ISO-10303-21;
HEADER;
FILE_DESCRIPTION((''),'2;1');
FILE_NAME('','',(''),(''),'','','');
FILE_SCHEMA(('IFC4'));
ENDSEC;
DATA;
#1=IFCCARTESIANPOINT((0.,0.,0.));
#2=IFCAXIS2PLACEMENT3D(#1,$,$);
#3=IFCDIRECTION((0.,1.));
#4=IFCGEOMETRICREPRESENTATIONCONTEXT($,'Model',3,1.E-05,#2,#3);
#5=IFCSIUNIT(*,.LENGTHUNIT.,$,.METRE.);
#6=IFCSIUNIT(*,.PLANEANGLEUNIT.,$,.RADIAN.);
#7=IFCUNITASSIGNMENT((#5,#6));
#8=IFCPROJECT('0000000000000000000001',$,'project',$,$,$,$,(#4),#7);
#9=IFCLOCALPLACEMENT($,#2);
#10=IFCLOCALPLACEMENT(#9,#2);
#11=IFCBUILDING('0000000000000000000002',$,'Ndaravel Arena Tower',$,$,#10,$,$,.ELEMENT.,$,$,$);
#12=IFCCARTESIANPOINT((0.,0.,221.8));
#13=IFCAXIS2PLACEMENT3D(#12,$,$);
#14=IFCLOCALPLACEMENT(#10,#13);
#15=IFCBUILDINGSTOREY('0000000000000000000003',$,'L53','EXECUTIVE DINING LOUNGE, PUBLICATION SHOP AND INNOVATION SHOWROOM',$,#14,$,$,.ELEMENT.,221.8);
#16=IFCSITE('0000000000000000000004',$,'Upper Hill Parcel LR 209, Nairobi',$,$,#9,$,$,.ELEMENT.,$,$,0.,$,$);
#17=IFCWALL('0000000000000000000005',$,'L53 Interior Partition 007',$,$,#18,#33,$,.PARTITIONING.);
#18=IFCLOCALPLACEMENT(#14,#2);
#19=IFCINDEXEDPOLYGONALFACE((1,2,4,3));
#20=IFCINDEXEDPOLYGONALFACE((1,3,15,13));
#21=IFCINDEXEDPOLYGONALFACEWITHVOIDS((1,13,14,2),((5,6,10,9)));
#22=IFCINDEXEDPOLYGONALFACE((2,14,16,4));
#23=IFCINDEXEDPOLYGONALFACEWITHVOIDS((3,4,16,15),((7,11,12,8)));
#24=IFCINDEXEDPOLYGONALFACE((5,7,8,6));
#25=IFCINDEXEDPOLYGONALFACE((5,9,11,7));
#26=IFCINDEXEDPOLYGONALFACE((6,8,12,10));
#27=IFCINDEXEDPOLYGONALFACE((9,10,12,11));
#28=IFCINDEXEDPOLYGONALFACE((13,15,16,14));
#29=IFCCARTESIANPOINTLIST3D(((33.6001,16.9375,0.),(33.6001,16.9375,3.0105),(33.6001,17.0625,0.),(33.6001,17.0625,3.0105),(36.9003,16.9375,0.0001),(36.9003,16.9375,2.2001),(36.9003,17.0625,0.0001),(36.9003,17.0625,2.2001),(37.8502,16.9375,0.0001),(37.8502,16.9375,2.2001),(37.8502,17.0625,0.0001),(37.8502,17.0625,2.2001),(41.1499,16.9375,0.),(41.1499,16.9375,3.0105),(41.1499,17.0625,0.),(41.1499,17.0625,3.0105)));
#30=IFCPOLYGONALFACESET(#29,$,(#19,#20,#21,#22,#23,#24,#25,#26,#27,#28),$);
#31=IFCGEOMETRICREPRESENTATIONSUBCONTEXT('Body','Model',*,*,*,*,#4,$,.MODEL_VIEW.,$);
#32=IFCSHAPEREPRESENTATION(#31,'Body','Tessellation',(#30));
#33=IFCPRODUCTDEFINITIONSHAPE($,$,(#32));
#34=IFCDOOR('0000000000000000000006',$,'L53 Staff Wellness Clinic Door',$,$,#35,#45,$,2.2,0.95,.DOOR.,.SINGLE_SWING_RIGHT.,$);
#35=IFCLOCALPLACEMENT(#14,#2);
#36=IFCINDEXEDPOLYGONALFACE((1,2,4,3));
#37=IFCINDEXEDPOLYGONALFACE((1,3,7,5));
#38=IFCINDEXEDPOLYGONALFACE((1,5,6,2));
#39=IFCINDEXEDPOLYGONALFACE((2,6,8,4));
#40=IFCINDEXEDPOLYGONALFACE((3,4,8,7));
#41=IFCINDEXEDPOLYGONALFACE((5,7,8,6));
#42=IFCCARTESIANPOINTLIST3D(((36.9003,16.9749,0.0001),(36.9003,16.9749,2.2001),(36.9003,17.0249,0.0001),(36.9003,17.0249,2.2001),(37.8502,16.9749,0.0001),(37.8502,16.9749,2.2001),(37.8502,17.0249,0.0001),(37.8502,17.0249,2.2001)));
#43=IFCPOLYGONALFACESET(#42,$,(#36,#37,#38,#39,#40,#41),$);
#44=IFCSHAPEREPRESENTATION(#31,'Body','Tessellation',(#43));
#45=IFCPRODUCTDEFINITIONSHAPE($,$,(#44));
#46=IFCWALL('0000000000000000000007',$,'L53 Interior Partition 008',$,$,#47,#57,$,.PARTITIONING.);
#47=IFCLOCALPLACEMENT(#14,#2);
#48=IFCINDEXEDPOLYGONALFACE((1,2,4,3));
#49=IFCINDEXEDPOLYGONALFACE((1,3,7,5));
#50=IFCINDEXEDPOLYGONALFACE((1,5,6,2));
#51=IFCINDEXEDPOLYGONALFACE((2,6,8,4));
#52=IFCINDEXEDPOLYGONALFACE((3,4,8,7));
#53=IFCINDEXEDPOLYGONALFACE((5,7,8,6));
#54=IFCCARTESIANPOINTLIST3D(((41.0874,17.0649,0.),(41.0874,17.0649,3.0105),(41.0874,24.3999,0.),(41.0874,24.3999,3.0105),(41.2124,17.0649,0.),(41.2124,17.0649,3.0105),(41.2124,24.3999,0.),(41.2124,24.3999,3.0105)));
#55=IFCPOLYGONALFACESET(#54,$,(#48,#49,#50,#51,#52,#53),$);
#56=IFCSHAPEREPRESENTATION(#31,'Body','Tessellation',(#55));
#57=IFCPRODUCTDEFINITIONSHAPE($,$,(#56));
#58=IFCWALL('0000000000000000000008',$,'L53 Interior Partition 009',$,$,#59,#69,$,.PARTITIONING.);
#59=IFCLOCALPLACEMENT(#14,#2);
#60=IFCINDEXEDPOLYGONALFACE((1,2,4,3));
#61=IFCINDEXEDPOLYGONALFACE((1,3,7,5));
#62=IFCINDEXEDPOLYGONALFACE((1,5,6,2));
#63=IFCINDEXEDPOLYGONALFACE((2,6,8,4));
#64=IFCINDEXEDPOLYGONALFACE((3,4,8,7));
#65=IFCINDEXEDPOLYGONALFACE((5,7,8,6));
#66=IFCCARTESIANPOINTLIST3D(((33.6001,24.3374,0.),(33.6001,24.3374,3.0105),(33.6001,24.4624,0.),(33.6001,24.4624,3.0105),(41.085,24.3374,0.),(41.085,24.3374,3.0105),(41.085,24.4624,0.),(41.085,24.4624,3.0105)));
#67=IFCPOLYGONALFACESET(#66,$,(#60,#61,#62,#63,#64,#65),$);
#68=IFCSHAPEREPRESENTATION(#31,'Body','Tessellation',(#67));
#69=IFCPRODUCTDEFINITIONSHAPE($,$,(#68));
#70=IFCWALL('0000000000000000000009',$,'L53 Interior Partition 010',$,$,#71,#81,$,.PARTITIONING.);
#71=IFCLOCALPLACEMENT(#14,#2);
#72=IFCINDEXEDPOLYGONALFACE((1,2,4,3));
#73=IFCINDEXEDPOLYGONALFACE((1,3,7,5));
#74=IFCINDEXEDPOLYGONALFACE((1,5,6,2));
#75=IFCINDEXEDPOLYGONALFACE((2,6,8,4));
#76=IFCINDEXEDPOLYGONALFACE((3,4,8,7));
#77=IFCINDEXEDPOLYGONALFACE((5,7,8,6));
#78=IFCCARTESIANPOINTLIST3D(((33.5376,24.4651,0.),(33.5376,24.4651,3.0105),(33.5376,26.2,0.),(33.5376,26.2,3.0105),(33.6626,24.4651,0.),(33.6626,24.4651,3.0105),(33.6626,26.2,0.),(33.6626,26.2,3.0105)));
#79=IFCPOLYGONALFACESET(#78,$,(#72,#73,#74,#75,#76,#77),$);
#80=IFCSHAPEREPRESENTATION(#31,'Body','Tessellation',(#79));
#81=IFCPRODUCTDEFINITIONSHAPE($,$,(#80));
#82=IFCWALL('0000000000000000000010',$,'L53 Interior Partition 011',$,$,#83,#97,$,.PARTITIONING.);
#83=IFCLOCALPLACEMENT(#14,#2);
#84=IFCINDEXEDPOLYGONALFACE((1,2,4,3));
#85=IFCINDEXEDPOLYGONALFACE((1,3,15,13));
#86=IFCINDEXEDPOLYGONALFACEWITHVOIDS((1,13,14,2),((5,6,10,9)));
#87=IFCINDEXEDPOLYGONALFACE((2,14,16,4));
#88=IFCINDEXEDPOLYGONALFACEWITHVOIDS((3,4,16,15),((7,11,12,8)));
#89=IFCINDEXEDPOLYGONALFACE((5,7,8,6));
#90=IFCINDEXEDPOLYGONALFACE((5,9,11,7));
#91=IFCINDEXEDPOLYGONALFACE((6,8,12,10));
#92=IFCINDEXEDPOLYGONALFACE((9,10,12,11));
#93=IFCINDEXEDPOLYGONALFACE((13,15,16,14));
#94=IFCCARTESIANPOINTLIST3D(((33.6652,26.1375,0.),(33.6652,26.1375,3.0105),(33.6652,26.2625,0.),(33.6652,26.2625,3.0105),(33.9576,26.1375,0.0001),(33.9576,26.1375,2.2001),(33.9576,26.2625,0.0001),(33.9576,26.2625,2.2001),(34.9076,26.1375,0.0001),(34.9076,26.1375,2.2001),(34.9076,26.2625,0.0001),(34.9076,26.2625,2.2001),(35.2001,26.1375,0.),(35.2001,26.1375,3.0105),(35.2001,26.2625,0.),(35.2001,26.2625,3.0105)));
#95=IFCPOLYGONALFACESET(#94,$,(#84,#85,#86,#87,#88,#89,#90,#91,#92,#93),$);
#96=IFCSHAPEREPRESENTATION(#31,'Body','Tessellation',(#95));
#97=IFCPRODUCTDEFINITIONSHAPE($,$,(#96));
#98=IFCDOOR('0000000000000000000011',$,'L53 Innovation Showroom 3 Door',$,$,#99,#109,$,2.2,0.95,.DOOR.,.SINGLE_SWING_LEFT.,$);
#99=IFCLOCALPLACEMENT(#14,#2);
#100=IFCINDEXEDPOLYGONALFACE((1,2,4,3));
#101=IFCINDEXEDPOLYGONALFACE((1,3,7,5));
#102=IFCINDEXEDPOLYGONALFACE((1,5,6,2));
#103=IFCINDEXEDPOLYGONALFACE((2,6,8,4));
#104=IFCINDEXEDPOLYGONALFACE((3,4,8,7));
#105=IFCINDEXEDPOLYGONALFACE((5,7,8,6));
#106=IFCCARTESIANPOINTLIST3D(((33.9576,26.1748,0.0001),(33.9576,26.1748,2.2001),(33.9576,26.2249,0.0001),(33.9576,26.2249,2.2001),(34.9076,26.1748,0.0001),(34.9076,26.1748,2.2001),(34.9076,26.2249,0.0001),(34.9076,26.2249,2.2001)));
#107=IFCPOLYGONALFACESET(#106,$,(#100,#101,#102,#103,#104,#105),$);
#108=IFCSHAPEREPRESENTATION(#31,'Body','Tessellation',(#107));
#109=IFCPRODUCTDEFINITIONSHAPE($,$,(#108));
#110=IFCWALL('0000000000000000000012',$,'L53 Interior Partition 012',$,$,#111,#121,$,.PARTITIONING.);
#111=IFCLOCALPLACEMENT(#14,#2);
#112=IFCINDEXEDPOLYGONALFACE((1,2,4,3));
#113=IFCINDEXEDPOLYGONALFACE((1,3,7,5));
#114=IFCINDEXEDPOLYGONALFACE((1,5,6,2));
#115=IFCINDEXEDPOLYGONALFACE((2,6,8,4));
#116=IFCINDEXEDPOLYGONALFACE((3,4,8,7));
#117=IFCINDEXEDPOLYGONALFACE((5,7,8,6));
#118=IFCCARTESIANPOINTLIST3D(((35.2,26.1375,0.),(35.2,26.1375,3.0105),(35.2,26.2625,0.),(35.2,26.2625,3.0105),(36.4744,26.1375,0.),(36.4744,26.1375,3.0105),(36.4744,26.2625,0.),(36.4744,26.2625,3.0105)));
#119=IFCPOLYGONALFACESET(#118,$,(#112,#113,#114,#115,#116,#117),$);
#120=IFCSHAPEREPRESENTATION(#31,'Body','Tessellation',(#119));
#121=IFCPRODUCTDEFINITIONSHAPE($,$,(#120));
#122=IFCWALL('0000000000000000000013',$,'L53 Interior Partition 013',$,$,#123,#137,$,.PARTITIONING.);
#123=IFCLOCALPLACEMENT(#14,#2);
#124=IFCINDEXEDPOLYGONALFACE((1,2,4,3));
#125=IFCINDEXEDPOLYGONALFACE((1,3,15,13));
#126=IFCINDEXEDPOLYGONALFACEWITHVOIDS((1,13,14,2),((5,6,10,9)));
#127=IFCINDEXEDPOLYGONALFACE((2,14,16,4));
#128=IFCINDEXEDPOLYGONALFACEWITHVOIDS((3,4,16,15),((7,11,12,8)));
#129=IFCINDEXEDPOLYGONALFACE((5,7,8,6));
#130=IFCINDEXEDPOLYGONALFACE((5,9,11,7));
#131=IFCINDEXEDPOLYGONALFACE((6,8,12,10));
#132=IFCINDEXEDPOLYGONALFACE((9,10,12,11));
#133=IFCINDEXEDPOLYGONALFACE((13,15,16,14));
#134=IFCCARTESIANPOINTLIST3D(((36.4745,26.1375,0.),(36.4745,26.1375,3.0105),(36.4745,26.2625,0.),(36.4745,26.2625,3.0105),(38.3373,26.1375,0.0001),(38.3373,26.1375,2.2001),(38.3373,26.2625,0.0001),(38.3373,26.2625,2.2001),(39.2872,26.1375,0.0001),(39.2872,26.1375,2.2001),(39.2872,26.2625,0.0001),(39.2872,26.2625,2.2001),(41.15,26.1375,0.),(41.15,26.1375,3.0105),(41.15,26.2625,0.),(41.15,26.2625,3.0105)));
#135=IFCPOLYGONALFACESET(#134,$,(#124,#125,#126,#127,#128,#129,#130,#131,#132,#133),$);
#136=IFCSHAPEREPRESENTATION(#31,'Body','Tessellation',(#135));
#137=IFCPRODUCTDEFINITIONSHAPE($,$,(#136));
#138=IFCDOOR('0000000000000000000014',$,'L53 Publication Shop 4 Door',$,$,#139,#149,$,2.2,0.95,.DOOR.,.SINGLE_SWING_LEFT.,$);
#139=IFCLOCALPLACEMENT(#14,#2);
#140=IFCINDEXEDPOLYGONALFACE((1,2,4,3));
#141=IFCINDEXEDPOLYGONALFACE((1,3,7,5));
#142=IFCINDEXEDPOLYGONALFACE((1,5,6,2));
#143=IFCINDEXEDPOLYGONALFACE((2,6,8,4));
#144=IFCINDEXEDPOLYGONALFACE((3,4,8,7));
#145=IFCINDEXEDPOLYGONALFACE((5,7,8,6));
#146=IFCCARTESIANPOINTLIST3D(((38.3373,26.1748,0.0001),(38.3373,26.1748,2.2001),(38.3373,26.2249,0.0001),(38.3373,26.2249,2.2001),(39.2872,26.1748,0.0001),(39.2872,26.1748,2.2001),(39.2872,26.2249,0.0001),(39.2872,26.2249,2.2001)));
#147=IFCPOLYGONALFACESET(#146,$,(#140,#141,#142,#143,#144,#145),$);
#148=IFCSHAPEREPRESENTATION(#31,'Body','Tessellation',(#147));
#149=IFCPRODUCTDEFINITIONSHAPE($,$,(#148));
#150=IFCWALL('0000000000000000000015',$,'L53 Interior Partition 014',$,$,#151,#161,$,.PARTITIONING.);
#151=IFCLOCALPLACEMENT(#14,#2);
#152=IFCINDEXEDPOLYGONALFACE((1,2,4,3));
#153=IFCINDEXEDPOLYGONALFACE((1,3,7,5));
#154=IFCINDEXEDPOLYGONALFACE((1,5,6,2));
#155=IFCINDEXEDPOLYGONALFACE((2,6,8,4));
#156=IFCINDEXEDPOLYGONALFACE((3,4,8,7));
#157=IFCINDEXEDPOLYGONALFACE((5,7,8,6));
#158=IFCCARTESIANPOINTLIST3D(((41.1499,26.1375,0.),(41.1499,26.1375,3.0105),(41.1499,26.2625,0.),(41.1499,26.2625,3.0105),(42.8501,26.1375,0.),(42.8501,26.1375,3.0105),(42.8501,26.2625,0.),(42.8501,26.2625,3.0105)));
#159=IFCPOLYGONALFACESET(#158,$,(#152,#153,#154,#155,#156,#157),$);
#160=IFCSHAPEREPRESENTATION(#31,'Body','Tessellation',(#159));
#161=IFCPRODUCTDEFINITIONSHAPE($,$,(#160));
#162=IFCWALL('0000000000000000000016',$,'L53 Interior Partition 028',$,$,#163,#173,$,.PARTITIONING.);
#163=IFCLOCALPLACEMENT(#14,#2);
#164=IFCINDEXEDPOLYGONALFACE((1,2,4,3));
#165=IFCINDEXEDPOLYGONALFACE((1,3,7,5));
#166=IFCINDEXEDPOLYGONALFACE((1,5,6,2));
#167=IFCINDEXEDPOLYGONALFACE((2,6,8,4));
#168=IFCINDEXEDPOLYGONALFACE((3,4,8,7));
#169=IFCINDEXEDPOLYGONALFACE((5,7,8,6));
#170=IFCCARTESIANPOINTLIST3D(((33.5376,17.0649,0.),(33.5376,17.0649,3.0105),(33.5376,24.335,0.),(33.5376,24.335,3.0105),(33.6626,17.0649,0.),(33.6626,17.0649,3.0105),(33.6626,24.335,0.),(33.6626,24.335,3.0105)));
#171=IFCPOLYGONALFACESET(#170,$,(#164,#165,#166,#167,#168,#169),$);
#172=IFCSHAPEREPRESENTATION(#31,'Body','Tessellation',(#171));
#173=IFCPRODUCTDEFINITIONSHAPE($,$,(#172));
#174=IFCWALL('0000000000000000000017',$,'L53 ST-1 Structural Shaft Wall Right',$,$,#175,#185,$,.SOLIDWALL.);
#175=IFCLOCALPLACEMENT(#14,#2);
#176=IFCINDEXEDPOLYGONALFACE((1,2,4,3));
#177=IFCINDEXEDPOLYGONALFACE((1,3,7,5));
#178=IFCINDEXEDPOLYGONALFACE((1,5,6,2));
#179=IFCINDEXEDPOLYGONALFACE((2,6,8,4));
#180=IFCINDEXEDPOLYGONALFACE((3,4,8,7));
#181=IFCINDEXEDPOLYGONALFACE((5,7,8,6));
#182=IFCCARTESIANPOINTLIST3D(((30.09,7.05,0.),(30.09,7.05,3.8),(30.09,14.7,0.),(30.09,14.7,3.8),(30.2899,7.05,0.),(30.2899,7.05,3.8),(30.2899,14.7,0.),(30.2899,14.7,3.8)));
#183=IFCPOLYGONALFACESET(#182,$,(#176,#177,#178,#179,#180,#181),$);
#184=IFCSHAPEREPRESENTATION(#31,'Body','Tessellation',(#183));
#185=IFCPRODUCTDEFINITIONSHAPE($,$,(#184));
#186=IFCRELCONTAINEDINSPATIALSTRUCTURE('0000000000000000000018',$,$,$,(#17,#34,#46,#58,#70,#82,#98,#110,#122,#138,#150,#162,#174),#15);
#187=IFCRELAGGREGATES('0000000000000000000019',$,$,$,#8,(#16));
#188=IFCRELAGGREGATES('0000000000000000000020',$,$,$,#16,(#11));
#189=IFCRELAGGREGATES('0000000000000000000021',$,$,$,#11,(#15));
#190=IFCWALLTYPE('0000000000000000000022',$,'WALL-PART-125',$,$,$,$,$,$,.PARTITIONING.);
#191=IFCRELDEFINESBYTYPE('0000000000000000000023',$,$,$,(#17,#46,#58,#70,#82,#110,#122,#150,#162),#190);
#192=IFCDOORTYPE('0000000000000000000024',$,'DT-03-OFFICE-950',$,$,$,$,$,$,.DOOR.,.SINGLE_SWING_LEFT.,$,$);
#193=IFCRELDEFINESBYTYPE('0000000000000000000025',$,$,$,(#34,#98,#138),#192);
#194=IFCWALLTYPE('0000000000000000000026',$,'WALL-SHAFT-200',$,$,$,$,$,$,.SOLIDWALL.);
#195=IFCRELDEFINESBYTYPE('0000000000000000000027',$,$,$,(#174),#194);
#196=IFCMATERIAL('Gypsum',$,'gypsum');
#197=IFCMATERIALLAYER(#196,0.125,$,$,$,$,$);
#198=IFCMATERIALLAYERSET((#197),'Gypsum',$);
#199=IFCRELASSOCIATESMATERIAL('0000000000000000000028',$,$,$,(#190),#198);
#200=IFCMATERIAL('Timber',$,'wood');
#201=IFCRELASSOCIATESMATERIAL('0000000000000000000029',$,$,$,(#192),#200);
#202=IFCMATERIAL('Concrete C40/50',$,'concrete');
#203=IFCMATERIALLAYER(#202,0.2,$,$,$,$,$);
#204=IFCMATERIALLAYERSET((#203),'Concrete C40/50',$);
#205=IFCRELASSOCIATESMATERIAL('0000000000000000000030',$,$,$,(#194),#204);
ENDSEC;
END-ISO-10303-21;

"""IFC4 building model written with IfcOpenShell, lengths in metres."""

from ifc_helpers import new_model, si_unit, direction, frame, frame_2d, origin, place, context, subcontext, project, spatial, rectangle, extrude, material, layer, layer_set, type_object, element, fill, save


model = new_model("IFC4")

# Units and contexts
model_context = context("Model", 3, precision=1e-05, world=origin(), true_north=direction((0.0, 1.0)))
body_context = subcontext(model_context, "Body", "Model", "MODEL_VIEW")
ifc_project = project(units=[si_unit("LENGTHUNIT", "METRE"), si_unit("PLANEANGLEUNIT", "RADIAN")], contexts=[model_context])

# Site, building, storey
site_placement = place(None, origin())
site = spatial("IfcSite", under=ifc_project, at=site_placement, Name="Upper Hill Parcel LR 209, Nairobi", CompositionType="ELEMENT", RefElevation=0.0)
building_placement = place(site_placement, origin())
building = spatial("IfcBuilding", under=site, at=building_placement, Name="Ndaravel Arena Tower", CompositionType="ELEMENT")
storey_placement = place(building_placement, frame((0.0, 0.0, 221.8)))
storey = spatial("IfcBuildingStorey", under=building, at=storey_placement, Name="L53", Description="EXECUTIVE DINING LOUNGE, PUBLICATION SHOP AND INNOVATION SHOWROOM", CompositionType="ELEMENT", Elevation=221.8)

# Wall, opening, door
ifc_material_1 = material(Name="Gypsum", Category="gypsum")
ifc_layer_1 = layer(ifc_material_1, 0.125)
ifc_layer_set_1 = layer_set([ifc_layer_1], Name="Gypsum")
wall_type_1 = type_object("IfcWallType", Name="WALL-PART-125", PredefinedType="PARTITIONING", material=ifc_layer_set_1)
wall_1_placement = place(storey_placement, frame((33.6001, 17.0, 0.0), z_axis=(0.0, 0.0, 1.0), x_axis=(1.0, 0.0, 0.0)))
wall_1 = element("IfcWall", 1, at=wall_1_placement, inside=storey, type_object=wall_type_1, Name="L53 Interior Partition 007", PredefinedType="PARTITIONING", context=body_context, shape_type="SweptSolid", body=[
    extrude(rectangle(XDim=7.5498, YDim=0.125, at=frame_2d((3.7749, 0.0))), origin(), (0.0, 0.0, 1.0), 3.0105),
])
opening_1_placement = place(wall_1_placement, frame((3.3, 0.0, 0.0)))
opening_1 = element("IfcOpeningElement", 2, at=opening_1_placement, cuts=wall_1, PredefinedType="OPENING", context=body_context, shape_type="SweptSolid", body=[
    extrude(rectangle(XDim=0.95, YDim=2.2, at=frame_2d((0.4751, 1.1001))), frame((0.0, 0.0625, 0.0), z_axis=(0.0, -1.0, 0.0), x_axis=(1.0, 0.0, 0.0)), (0.0, 0.0, 1.0), 0.125),
])
ifc_material_2 = material(Name="Timber", Category="wood")
door_type = type_object("IfcDoorType", Name="DT-03-OFFICE-950", OperationType="SINGLE_SWING_LEFT", PredefinedType="DOOR", material=ifc_material_2)
door_1_placement = place(opening_1_placement, origin())
door_1 = element("IfcDoor", 3, at=door_1_placement, inside=storey, type_object=door_type, Name="L53 Staff Wellness Clinic Door", OperationType="SINGLE_SWING_RIGHT", OverallHeight=2.2, OverallWidth=0.95, PredefinedType="DOOR", context=body_context, shape_type="SweptSolid", body=[
    extrude(rectangle(XDim=0.95, YDim=2.2, at=frame_2d((0.4751, 1.1001))), frame((0.0, 0.0249, 0.0), z_axis=(0.0, -1.0, 0.0), x_axis=(1.0, 0.0, 0.0)), (0.0, 0.0, 1.0), 0.05),
])
fill(opening_1, door_1)

# Walls
wall_2_placement = place(storey_placement, frame((41.1499, 17.0649, 0.0), z_axis=(0.0, 0.0, 1.0), x_axis=(0.0, 1.0, 0.0)))
element("IfcWall", 4, at=wall_2_placement, inside=storey, type_object=wall_type_1, Name="L53 Interior Partition 008", PredefinedType="PARTITIONING", context=body_context, shape_type="SweptSolid", body=[
    extrude(rectangle(XDim=7.335, YDim=0.125, at=frame_2d((3.6675, 0.0))), origin(), (0.0, 0.0, 1.0), 3.0105),
])
wall_3_placement = place(storey_placement, frame((41.085, 24.3999, 0.0), z_axis=(0.0, 0.0, 1.0), x_axis=(-1.0, 0.0, 0.0)))
element("IfcWall", 5, at=wall_3_placement, inside=storey, type_object=wall_type_1, Name="L53 Interior Partition 009", PredefinedType="PARTITIONING", context=body_context, shape_type="SweptSolid", body=[
    extrude(rectangle(XDim=7.4849, YDim=0.125, at=frame_2d((3.7424, 0.0))), origin(), (0.0, 0.0, 1.0), 3.0105),
])
wall_4_placement = place(storey_placement, frame((33.6001, 24.4651, 0.0), z_axis=(0.0, 0.0, 1.0), x_axis=(0.0, 1.0, 0.0)))
element("IfcWall", 6, at=wall_4_placement, inside=storey, type_object=wall_type_1, Name="L53 Interior Partition 010", PredefinedType="PARTITIONING", context=body_context, shape_type="SweptSolid", body=[
    extrude(rectangle(XDim=1.7349, YDim=0.125, at=frame_2d((0.8674, 0.0))), origin(), (0.0, 0.0, 1.0), 3.0105),
])

# Wall, opening, door
wall_5_placement = place(storey_placement, frame((33.665, 26.2, 0.0), z_axis=(0.0, 0.0, 1.0), x_axis=(1.0, 0.0, 0.0)))
wall_5 = element("IfcWall", 7, at=wall_5_placement, inside=storey, type_object=wall_type_1, Name="L53 Interior Partition 011", PredefinedType="PARTITIONING", context=body_context, shape_type="SweptSolid", body=[
    extrude(rectangle(XDim=1.5349, YDim=0.125, at=frame_2d((0.7676, 0.0))), origin(), (0.0, 0.0, 1.0), 3.0105),
])
opening_2_placement = place(wall_5_placement, frame((0.2925, 0.0, 0.0)))
opening_2 = element("IfcOpeningElement", 8, at=opening_2_placement, cuts=wall_5, PredefinedType="OPENING", context=body_context, shape_type="SweptSolid", body=[
    extrude(rectangle(XDim=0.95, YDim=2.2, at=frame_2d((0.4751, 1.1001))), frame((0.0, 0.0625, 0.0), z_axis=(0.0, -1.0, 0.0), x_axis=(1.0, 0.0, 0.0)), (0.0, 0.0, 1.0), 0.125),
])
door_2_placement = place(opening_2_placement, origin())
door_2 = element("IfcDoor", 9, at=door_2_placement, inside=storey, type_object=door_type, Name="L53 Innovation Showroom 3 Door", OperationType="SINGLE_SWING_LEFT", OverallHeight=2.2, OverallWidth=0.95, PredefinedType="DOOR", context=body_context, shape_type="SweptSolid", body=[
    extrude(rectangle(XDim=0.95, YDim=2.2, at=frame_2d((0.4751, 1.1001))), frame((0.0, 0.0249, 0.0), z_axis=(0.0, -1.0, 0.0), x_axis=(1.0, 0.0, 0.0)), (0.0, 0.0, 1.0), 0.05),
])
fill(opening_2, door_2)

# Wall
wall_6_placement = place(storey_placement, frame((35.2, 26.2, 0.0), z_axis=(0.0, 0.0, 1.0), x_axis=(1.0, 0.0, 0.0)))
element("IfcWall", 10, at=wall_6_placement, inside=storey, type_object=wall_type_1, Name="L53 Interior Partition 012", PredefinedType="PARTITIONING", context=body_context, shape_type="SweptSolid", body=[
    extrude(rectangle(XDim=1.2744, YDim=0.125, at=frame_2d((0.6372, 0.0))), origin(), (0.0, 0.0, 1.0), 3.0105),
])

# Wall, opening, door
wall_7_placement = place(storey_placement, frame((36.4744, 26.2, 0.0), z_axis=(0.0, 0.0, 1.0), x_axis=(1.0, 0.0, 0.0)))
wall_7 = element("IfcWall", 11, at=wall_7_placement, inside=storey, type_object=wall_type_1, Name="L53 Interior Partition 013", PredefinedType="PARTITIONING", context=body_context, shape_type="SweptSolid", body=[
    extrude(rectangle(XDim=4.6755, YDim=0.125, at=frame_2d((2.3379, 0.0))), origin(), (0.0, 0.0, 1.0), 3.0105),
])
opening_3_placement = place(wall_7_placement, frame((1.8628, 0.0, 0.0)))
opening_3 = element("IfcOpeningElement", 12, at=opening_3_placement, cuts=wall_7, PredefinedType="OPENING", context=body_context, shape_type="SweptSolid", body=[
    extrude(rectangle(XDim=0.95, YDim=2.2, at=frame_2d((0.4751, 1.1001))), frame((0.0, 0.0625, 0.0), z_axis=(0.0, -1.0, 0.0), x_axis=(1.0, 0.0, 0.0)), (0.0, 0.0, 1.0), 0.125),
])
door_3_placement = place(opening_3_placement, origin())
door_3 = element("IfcDoor", 13, at=door_3_placement, inside=storey, type_object=door_type, Name="L53 Publication Shop 4 Door", OperationType="SINGLE_SWING_LEFT", OverallHeight=2.2, OverallWidth=0.95, PredefinedType="DOOR", context=body_context, shape_type="SweptSolid", body=[
    extrude(rectangle(XDim=0.95, YDim=2.2, at=frame_2d((0.4751, 1.1001))), frame((0.0, 0.0249, 0.0), z_axis=(0.0, -1.0, 0.0), x_axis=(1.0, 0.0, 0.0)), (0.0, 0.0, 1.0), 0.05),
])
fill(opening_3, door_3)

# Walls
wall_8_placement = place(storey_placement, frame((41.1499, 26.2, 0.0), z_axis=(0.0, 0.0, 1.0), x_axis=(1.0, 0.0, 0.0)))
element("IfcWall", 14, at=wall_8_placement, inside=storey, type_object=wall_type_1, Name="L53 Interior Partition 014", PredefinedType="PARTITIONING", context=body_context, shape_type="SweptSolid", body=[
    extrude(rectangle(XDim=1.7002, YDim=0.125, at=frame_2d((0.8501, 0.0))), origin(), (0.0, 0.0, 1.0), 3.0105),
])
wall_9_placement = place(storey_placement, frame((33.6001, 17.0649, 0.0), z_axis=(0.0, 0.0, 1.0), x_axis=(0.0, 1.0, 0.0)))
element("IfcWall", 15, at=wall_9_placement, inside=storey, type_object=wall_type_1, Name="L53 Interior Partition 028", PredefinedType="PARTITIONING", context=body_context, shape_type="SweptSolid", body=[
    extrude(rectangle(XDim=7.27, YDim=0.125, at=frame_2d((3.635, 0.0))), origin(), (0.0, 0.0, 1.0), 3.0105),
])
ifc_material_3 = material(Name="Concrete C40/50", Category="concrete")
ifc_layer_2 = layer(ifc_material_3, 0.2)
ifc_layer_set_2 = layer_set([ifc_layer_2], Name="Concrete C40/50")
wall_type_2 = type_object("IfcWallType", Name="WALL-SHAFT-200", PredefinedType="SOLIDWALL", material=ifc_layer_set_2)
wall_10_placement = place(storey_placement, frame((30.1899, 14.7, 0.0), z_axis=(0.0, 0.0, 1.0), x_axis=(0.0, -1.0, 0.0)))
element("IfcWall", 16, at=wall_10_placement, inside=storey, type_object=wall_type_2, Name="L53 ST-1 Structural Shaft Wall Right", PredefinedType="SOLIDWALL", context=body_context, shape_type="SweptSolid", body=[
    extrude(rectangle(XDim=7.6499, YDim=0.2, at=frame_2d((3.825, 0.0))), origin(), (0.0, 0.0, 1.0), 3.8),
])

save(model, "model.ifc")
